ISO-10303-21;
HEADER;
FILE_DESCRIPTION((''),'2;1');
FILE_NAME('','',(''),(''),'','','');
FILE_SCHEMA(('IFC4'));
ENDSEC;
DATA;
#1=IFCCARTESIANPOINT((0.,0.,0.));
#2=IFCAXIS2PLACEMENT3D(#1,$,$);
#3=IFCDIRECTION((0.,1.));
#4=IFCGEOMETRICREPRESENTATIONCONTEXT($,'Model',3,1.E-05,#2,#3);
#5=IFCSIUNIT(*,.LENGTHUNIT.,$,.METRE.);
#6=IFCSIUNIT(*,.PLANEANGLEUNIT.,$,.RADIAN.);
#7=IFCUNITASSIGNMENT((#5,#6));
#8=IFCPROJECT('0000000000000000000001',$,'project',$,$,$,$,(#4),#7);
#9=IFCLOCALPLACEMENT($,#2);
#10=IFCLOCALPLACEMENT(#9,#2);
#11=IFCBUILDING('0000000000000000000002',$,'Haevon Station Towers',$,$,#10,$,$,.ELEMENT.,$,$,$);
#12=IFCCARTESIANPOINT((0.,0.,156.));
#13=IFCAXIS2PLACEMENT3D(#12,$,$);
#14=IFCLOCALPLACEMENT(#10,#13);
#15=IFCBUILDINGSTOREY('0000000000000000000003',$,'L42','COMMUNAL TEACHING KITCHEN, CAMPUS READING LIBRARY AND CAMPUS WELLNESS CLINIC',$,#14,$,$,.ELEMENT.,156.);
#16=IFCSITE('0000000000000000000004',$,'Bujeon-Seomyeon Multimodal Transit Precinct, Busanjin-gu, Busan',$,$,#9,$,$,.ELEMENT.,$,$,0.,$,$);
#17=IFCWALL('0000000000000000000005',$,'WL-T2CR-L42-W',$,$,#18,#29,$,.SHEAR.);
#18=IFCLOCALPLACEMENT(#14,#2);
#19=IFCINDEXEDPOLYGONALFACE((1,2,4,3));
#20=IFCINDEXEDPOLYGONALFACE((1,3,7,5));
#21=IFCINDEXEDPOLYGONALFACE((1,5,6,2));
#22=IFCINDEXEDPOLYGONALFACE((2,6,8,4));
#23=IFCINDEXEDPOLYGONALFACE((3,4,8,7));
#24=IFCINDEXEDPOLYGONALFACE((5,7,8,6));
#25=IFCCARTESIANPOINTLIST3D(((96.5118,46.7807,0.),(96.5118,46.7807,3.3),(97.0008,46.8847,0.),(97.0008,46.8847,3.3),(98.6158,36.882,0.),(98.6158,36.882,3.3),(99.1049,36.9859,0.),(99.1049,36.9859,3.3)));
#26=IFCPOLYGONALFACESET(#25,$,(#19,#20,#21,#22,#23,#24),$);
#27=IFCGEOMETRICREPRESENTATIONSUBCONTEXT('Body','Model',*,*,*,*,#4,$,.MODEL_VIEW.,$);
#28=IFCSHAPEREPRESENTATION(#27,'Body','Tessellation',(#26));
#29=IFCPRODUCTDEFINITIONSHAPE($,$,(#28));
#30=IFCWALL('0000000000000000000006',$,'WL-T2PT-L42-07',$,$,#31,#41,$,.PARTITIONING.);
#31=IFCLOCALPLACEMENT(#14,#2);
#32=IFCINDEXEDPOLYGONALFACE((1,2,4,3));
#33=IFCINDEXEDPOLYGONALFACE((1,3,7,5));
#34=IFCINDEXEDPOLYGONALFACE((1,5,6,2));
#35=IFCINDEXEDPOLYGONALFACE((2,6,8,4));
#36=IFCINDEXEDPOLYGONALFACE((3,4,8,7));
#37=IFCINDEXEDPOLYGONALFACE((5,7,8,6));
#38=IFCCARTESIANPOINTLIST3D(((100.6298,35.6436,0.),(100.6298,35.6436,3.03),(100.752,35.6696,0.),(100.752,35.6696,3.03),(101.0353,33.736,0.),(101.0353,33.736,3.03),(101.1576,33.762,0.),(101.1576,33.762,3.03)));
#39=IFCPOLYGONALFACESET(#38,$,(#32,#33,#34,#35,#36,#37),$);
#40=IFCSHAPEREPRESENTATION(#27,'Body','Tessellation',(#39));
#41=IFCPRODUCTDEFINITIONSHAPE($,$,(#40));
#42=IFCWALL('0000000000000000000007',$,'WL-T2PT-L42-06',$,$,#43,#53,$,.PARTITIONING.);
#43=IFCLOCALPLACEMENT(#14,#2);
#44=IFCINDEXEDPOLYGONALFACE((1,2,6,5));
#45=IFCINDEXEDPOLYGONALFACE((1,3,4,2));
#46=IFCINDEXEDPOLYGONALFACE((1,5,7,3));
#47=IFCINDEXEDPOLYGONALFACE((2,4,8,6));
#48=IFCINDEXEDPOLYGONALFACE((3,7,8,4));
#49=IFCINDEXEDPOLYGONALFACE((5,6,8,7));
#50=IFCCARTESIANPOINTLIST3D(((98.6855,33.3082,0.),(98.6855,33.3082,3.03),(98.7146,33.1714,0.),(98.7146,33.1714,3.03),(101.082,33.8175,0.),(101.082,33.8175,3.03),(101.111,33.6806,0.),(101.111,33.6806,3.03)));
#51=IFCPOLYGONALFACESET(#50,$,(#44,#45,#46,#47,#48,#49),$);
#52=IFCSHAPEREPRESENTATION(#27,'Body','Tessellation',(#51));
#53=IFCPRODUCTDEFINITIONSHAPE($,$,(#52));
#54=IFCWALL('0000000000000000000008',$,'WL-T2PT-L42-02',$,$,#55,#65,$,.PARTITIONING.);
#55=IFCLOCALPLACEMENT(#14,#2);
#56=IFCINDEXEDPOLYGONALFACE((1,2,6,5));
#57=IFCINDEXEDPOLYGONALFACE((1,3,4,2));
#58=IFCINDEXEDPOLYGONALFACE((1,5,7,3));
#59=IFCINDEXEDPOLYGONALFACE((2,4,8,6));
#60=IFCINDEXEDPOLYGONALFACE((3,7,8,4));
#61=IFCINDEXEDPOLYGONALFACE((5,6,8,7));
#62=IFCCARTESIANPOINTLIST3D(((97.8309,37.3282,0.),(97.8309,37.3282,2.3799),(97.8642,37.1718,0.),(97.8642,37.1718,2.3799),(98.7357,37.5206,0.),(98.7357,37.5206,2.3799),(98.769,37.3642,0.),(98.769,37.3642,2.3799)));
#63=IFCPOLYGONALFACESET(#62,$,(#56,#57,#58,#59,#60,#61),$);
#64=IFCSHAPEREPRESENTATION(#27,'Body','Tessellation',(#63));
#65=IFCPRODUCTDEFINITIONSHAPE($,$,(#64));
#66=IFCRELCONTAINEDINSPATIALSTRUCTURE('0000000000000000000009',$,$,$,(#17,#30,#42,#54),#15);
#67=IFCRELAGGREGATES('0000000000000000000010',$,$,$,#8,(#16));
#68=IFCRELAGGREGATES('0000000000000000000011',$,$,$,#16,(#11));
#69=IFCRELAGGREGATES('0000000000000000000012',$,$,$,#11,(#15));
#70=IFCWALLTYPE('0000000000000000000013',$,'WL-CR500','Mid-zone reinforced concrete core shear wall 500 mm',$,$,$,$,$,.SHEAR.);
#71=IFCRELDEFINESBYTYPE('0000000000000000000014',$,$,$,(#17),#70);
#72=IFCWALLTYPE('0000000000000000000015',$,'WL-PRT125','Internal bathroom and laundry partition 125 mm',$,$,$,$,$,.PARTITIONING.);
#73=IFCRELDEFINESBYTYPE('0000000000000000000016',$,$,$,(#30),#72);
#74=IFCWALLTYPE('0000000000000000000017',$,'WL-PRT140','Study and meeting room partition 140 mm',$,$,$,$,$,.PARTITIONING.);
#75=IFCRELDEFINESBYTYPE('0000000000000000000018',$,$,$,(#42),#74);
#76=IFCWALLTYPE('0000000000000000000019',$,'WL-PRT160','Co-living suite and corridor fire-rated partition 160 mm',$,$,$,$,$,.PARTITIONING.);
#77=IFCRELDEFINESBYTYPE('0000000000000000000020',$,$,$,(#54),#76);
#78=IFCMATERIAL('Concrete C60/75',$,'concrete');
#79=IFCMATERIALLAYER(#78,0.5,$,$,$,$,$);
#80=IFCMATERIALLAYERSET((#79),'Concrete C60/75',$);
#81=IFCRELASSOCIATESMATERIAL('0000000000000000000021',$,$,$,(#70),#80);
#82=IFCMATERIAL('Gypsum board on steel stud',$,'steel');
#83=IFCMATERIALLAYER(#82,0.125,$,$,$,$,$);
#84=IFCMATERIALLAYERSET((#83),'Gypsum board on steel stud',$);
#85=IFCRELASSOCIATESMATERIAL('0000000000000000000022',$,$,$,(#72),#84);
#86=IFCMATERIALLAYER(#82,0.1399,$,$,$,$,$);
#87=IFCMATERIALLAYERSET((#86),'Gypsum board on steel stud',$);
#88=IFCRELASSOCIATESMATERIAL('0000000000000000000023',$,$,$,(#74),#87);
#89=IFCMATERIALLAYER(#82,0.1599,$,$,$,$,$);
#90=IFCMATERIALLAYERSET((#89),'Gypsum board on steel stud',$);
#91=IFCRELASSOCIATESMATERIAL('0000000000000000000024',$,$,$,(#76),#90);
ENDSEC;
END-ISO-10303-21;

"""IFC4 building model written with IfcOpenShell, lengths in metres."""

from ifc_helpers import new_model, si_unit, direction, frame, frame_2d, origin, place, context, subcontext, project, spatial, rectangle, extrude, material, layer, layer_set, type_object, element, save


model = new_model("IFC4")

# Units and contexts
model_context = context("Model", 3, precision=1e-05, world=origin(), true_north=direction((0.0, 1.0)))
body_context = subcontext(model_context, "Body", "Model", "MODEL_VIEW")
ifc_project = project(units=[si_unit("LENGTHUNIT", "METRE"), si_unit("PLANEANGLEUNIT", "RADIAN")], contexts=[model_context])

# Site, building, storey
site_placement = place(None, origin())
site = spatial("IfcSite", under=ifc_project, at=site_placement, Name="Bujeon-Seomyeon Multimodal Transit Precinct, Busanjin-gu, Busan", CompositionType="ELEMENT", RefElevation=0.0)
building_placement = place(site_placement, origin())
building = spatial("IfcBuilding", under=site, at=building_placement, Name="Haevon Station Towers", CompositionType="ELEMENT")
storey_placement = place(building_placement, frame((0.0, 0.0, 156.0)))
storey = spatial("IfcBuildingStorey", under=building, at=storey_placement, Name="L42", Description="COMMUNAL TEACHING KITCHEN, CAMPUS READING LIBRARY AND CAMPUS WELLNESS CLINIC", CompositionType="ELEMENT", Elevation=156.0)

# Shared definitions
ifc_material_1 = material(Name="Gypsum board on steel stud", Category="steel")

# Walls
ifc_material_2 = material(Name="Concrete C60/75", Category="concrete")
ifc_layer_1 = layer(ifc_material_2, 0.5)
ifc_layer_set_1 = layer_set([ifc_layer_1], Name="Concrete C60/75")
wall_type_1 = type_object("IfcWallType", Name="WL-CR500", Description="Mid-zone reinforced concrete core shear wall 500 mm", PredefinedType="SHEAR", material=ifc_layer_set_1)
wall_1_placement = place(storey_placement, frame((98.8604, 36.9338, 0.0), z_axis=(0.0, 0.0, 1.0), x_axis=(-0.207909, 0.978148, 0.0)))
element("IfcWall", 1, at=wall_1_placement, inside=storey, type_object=wall_type_1, Name="WL-T2CR-L42-W", PredefinedType="SHEAR", context=body_context, shape_type="SweptSolid", body=[
    extrude(rectangle(XDim=10.1199, YDim=0.5, at=frame_2d((5.0601, 0.0))), origin(), (0.0, 0.0, 1.0), 3.3),
])
ifc_layer_2 = layer(ifc_material_1, 0.125)
ifc_layer_set_2 = layer_set([ifc_layer_2], Name="Gypsum board on steel stud")
wall_type_2 = type_object("IfcWallType", Name="WL-PRT125", Description="Internal bathroom and laundry partition 125 mm", PredefinedType="PARTITIONING", material=ifc_layer_set_2)
wall_2_placement = place(storey_placement, frame((101.0964, 33.749, 0.0), z_axis=(0.0, 0.0, 1.0), x_axis=(-0.207947, 0.97814, 0.0)))
element("IfcWall", 2, at=wall_2_placement, inside=storey, type_object=wall_type_2, Name="WL-T2PT-L42-07", PredefinedType="PARTITIONING", context=body_context, shape_type="SweptSolid", body=[
    extrude(rectangle(XDim=1.9502, YDim=0.125, at=frame_2d((0.9751, 0.0))), origin(), (0.0, 0.0, 1.0), 3.03),
])
ifc_layer_3 = layer(ifc_material_1, 0.1399)
ifc_layer_set_3 = layer_set([ifc_layer_3], Name="Gypsum board on steel stud")
wall_type_3 = type_object("IfcWallType", Name="WL-PRT140", Description="Study and meeting room partition 140 mm", PredefinedType="PARTITIONING", material=ifc_layer_set_3)
wall_3_placement = place(storey_placement, frame((98.7, 33.2397, 0.0), z_axis=(0.0, 0.0, 1.0), x_axis=(0.978157, 0.207868, 0.0)))
element("IfcWall", 3, at=wall_3_placement, inside=storey, type_object=wall_type_3, Name="WL-T2PT-L42-06", PredefinedType="PARTITIONING", context=body_context, shape_type="SweptSolid", body=[
    extrude(rectangle(XDim=2.45, YDim=0.1399, at=frame_2d((1.2251, 0.0))), origin(), (0.0, 0.0, 1.0), 3.03),
])
ifc_layer_4 = layer(ifc_material_1, 0.1599)
ifc_layer_set_4 = layer_set([ifc_layer_4], Name="Gypsum board on steel stud")
wall_type_4 = type_object("IfcWallType", Name="WL-PRT160", Description="Co-living suite and corridor fire-rated partition 160 mm", PredefinedType="PARTITIONING", material=ifc_layer_set_4)
wall_4_placement = place(storey_placement, frame((97.8477, 37.25, 0.0), z_axis=(0.0, 0.0, 1.0), x_axis=(0.978133, 0.207979, 0.0)))
element("IfcWall", 4, at=wall_4_placement, inside=storey, type_object=wall_type_4, Name="WL-T2PT-L42-02", PredefinedType="PARTITIONING", context=body_context, shape_type="SweptSolid", body=[
    extrude(rectangle(XDim=0.925, YDim=0.1599, at=frame_2d((0.4624, 0.0))), origin(), (0.0, 0.0, 1.0), 2.3799),
])

save(model, "model.ifc")
